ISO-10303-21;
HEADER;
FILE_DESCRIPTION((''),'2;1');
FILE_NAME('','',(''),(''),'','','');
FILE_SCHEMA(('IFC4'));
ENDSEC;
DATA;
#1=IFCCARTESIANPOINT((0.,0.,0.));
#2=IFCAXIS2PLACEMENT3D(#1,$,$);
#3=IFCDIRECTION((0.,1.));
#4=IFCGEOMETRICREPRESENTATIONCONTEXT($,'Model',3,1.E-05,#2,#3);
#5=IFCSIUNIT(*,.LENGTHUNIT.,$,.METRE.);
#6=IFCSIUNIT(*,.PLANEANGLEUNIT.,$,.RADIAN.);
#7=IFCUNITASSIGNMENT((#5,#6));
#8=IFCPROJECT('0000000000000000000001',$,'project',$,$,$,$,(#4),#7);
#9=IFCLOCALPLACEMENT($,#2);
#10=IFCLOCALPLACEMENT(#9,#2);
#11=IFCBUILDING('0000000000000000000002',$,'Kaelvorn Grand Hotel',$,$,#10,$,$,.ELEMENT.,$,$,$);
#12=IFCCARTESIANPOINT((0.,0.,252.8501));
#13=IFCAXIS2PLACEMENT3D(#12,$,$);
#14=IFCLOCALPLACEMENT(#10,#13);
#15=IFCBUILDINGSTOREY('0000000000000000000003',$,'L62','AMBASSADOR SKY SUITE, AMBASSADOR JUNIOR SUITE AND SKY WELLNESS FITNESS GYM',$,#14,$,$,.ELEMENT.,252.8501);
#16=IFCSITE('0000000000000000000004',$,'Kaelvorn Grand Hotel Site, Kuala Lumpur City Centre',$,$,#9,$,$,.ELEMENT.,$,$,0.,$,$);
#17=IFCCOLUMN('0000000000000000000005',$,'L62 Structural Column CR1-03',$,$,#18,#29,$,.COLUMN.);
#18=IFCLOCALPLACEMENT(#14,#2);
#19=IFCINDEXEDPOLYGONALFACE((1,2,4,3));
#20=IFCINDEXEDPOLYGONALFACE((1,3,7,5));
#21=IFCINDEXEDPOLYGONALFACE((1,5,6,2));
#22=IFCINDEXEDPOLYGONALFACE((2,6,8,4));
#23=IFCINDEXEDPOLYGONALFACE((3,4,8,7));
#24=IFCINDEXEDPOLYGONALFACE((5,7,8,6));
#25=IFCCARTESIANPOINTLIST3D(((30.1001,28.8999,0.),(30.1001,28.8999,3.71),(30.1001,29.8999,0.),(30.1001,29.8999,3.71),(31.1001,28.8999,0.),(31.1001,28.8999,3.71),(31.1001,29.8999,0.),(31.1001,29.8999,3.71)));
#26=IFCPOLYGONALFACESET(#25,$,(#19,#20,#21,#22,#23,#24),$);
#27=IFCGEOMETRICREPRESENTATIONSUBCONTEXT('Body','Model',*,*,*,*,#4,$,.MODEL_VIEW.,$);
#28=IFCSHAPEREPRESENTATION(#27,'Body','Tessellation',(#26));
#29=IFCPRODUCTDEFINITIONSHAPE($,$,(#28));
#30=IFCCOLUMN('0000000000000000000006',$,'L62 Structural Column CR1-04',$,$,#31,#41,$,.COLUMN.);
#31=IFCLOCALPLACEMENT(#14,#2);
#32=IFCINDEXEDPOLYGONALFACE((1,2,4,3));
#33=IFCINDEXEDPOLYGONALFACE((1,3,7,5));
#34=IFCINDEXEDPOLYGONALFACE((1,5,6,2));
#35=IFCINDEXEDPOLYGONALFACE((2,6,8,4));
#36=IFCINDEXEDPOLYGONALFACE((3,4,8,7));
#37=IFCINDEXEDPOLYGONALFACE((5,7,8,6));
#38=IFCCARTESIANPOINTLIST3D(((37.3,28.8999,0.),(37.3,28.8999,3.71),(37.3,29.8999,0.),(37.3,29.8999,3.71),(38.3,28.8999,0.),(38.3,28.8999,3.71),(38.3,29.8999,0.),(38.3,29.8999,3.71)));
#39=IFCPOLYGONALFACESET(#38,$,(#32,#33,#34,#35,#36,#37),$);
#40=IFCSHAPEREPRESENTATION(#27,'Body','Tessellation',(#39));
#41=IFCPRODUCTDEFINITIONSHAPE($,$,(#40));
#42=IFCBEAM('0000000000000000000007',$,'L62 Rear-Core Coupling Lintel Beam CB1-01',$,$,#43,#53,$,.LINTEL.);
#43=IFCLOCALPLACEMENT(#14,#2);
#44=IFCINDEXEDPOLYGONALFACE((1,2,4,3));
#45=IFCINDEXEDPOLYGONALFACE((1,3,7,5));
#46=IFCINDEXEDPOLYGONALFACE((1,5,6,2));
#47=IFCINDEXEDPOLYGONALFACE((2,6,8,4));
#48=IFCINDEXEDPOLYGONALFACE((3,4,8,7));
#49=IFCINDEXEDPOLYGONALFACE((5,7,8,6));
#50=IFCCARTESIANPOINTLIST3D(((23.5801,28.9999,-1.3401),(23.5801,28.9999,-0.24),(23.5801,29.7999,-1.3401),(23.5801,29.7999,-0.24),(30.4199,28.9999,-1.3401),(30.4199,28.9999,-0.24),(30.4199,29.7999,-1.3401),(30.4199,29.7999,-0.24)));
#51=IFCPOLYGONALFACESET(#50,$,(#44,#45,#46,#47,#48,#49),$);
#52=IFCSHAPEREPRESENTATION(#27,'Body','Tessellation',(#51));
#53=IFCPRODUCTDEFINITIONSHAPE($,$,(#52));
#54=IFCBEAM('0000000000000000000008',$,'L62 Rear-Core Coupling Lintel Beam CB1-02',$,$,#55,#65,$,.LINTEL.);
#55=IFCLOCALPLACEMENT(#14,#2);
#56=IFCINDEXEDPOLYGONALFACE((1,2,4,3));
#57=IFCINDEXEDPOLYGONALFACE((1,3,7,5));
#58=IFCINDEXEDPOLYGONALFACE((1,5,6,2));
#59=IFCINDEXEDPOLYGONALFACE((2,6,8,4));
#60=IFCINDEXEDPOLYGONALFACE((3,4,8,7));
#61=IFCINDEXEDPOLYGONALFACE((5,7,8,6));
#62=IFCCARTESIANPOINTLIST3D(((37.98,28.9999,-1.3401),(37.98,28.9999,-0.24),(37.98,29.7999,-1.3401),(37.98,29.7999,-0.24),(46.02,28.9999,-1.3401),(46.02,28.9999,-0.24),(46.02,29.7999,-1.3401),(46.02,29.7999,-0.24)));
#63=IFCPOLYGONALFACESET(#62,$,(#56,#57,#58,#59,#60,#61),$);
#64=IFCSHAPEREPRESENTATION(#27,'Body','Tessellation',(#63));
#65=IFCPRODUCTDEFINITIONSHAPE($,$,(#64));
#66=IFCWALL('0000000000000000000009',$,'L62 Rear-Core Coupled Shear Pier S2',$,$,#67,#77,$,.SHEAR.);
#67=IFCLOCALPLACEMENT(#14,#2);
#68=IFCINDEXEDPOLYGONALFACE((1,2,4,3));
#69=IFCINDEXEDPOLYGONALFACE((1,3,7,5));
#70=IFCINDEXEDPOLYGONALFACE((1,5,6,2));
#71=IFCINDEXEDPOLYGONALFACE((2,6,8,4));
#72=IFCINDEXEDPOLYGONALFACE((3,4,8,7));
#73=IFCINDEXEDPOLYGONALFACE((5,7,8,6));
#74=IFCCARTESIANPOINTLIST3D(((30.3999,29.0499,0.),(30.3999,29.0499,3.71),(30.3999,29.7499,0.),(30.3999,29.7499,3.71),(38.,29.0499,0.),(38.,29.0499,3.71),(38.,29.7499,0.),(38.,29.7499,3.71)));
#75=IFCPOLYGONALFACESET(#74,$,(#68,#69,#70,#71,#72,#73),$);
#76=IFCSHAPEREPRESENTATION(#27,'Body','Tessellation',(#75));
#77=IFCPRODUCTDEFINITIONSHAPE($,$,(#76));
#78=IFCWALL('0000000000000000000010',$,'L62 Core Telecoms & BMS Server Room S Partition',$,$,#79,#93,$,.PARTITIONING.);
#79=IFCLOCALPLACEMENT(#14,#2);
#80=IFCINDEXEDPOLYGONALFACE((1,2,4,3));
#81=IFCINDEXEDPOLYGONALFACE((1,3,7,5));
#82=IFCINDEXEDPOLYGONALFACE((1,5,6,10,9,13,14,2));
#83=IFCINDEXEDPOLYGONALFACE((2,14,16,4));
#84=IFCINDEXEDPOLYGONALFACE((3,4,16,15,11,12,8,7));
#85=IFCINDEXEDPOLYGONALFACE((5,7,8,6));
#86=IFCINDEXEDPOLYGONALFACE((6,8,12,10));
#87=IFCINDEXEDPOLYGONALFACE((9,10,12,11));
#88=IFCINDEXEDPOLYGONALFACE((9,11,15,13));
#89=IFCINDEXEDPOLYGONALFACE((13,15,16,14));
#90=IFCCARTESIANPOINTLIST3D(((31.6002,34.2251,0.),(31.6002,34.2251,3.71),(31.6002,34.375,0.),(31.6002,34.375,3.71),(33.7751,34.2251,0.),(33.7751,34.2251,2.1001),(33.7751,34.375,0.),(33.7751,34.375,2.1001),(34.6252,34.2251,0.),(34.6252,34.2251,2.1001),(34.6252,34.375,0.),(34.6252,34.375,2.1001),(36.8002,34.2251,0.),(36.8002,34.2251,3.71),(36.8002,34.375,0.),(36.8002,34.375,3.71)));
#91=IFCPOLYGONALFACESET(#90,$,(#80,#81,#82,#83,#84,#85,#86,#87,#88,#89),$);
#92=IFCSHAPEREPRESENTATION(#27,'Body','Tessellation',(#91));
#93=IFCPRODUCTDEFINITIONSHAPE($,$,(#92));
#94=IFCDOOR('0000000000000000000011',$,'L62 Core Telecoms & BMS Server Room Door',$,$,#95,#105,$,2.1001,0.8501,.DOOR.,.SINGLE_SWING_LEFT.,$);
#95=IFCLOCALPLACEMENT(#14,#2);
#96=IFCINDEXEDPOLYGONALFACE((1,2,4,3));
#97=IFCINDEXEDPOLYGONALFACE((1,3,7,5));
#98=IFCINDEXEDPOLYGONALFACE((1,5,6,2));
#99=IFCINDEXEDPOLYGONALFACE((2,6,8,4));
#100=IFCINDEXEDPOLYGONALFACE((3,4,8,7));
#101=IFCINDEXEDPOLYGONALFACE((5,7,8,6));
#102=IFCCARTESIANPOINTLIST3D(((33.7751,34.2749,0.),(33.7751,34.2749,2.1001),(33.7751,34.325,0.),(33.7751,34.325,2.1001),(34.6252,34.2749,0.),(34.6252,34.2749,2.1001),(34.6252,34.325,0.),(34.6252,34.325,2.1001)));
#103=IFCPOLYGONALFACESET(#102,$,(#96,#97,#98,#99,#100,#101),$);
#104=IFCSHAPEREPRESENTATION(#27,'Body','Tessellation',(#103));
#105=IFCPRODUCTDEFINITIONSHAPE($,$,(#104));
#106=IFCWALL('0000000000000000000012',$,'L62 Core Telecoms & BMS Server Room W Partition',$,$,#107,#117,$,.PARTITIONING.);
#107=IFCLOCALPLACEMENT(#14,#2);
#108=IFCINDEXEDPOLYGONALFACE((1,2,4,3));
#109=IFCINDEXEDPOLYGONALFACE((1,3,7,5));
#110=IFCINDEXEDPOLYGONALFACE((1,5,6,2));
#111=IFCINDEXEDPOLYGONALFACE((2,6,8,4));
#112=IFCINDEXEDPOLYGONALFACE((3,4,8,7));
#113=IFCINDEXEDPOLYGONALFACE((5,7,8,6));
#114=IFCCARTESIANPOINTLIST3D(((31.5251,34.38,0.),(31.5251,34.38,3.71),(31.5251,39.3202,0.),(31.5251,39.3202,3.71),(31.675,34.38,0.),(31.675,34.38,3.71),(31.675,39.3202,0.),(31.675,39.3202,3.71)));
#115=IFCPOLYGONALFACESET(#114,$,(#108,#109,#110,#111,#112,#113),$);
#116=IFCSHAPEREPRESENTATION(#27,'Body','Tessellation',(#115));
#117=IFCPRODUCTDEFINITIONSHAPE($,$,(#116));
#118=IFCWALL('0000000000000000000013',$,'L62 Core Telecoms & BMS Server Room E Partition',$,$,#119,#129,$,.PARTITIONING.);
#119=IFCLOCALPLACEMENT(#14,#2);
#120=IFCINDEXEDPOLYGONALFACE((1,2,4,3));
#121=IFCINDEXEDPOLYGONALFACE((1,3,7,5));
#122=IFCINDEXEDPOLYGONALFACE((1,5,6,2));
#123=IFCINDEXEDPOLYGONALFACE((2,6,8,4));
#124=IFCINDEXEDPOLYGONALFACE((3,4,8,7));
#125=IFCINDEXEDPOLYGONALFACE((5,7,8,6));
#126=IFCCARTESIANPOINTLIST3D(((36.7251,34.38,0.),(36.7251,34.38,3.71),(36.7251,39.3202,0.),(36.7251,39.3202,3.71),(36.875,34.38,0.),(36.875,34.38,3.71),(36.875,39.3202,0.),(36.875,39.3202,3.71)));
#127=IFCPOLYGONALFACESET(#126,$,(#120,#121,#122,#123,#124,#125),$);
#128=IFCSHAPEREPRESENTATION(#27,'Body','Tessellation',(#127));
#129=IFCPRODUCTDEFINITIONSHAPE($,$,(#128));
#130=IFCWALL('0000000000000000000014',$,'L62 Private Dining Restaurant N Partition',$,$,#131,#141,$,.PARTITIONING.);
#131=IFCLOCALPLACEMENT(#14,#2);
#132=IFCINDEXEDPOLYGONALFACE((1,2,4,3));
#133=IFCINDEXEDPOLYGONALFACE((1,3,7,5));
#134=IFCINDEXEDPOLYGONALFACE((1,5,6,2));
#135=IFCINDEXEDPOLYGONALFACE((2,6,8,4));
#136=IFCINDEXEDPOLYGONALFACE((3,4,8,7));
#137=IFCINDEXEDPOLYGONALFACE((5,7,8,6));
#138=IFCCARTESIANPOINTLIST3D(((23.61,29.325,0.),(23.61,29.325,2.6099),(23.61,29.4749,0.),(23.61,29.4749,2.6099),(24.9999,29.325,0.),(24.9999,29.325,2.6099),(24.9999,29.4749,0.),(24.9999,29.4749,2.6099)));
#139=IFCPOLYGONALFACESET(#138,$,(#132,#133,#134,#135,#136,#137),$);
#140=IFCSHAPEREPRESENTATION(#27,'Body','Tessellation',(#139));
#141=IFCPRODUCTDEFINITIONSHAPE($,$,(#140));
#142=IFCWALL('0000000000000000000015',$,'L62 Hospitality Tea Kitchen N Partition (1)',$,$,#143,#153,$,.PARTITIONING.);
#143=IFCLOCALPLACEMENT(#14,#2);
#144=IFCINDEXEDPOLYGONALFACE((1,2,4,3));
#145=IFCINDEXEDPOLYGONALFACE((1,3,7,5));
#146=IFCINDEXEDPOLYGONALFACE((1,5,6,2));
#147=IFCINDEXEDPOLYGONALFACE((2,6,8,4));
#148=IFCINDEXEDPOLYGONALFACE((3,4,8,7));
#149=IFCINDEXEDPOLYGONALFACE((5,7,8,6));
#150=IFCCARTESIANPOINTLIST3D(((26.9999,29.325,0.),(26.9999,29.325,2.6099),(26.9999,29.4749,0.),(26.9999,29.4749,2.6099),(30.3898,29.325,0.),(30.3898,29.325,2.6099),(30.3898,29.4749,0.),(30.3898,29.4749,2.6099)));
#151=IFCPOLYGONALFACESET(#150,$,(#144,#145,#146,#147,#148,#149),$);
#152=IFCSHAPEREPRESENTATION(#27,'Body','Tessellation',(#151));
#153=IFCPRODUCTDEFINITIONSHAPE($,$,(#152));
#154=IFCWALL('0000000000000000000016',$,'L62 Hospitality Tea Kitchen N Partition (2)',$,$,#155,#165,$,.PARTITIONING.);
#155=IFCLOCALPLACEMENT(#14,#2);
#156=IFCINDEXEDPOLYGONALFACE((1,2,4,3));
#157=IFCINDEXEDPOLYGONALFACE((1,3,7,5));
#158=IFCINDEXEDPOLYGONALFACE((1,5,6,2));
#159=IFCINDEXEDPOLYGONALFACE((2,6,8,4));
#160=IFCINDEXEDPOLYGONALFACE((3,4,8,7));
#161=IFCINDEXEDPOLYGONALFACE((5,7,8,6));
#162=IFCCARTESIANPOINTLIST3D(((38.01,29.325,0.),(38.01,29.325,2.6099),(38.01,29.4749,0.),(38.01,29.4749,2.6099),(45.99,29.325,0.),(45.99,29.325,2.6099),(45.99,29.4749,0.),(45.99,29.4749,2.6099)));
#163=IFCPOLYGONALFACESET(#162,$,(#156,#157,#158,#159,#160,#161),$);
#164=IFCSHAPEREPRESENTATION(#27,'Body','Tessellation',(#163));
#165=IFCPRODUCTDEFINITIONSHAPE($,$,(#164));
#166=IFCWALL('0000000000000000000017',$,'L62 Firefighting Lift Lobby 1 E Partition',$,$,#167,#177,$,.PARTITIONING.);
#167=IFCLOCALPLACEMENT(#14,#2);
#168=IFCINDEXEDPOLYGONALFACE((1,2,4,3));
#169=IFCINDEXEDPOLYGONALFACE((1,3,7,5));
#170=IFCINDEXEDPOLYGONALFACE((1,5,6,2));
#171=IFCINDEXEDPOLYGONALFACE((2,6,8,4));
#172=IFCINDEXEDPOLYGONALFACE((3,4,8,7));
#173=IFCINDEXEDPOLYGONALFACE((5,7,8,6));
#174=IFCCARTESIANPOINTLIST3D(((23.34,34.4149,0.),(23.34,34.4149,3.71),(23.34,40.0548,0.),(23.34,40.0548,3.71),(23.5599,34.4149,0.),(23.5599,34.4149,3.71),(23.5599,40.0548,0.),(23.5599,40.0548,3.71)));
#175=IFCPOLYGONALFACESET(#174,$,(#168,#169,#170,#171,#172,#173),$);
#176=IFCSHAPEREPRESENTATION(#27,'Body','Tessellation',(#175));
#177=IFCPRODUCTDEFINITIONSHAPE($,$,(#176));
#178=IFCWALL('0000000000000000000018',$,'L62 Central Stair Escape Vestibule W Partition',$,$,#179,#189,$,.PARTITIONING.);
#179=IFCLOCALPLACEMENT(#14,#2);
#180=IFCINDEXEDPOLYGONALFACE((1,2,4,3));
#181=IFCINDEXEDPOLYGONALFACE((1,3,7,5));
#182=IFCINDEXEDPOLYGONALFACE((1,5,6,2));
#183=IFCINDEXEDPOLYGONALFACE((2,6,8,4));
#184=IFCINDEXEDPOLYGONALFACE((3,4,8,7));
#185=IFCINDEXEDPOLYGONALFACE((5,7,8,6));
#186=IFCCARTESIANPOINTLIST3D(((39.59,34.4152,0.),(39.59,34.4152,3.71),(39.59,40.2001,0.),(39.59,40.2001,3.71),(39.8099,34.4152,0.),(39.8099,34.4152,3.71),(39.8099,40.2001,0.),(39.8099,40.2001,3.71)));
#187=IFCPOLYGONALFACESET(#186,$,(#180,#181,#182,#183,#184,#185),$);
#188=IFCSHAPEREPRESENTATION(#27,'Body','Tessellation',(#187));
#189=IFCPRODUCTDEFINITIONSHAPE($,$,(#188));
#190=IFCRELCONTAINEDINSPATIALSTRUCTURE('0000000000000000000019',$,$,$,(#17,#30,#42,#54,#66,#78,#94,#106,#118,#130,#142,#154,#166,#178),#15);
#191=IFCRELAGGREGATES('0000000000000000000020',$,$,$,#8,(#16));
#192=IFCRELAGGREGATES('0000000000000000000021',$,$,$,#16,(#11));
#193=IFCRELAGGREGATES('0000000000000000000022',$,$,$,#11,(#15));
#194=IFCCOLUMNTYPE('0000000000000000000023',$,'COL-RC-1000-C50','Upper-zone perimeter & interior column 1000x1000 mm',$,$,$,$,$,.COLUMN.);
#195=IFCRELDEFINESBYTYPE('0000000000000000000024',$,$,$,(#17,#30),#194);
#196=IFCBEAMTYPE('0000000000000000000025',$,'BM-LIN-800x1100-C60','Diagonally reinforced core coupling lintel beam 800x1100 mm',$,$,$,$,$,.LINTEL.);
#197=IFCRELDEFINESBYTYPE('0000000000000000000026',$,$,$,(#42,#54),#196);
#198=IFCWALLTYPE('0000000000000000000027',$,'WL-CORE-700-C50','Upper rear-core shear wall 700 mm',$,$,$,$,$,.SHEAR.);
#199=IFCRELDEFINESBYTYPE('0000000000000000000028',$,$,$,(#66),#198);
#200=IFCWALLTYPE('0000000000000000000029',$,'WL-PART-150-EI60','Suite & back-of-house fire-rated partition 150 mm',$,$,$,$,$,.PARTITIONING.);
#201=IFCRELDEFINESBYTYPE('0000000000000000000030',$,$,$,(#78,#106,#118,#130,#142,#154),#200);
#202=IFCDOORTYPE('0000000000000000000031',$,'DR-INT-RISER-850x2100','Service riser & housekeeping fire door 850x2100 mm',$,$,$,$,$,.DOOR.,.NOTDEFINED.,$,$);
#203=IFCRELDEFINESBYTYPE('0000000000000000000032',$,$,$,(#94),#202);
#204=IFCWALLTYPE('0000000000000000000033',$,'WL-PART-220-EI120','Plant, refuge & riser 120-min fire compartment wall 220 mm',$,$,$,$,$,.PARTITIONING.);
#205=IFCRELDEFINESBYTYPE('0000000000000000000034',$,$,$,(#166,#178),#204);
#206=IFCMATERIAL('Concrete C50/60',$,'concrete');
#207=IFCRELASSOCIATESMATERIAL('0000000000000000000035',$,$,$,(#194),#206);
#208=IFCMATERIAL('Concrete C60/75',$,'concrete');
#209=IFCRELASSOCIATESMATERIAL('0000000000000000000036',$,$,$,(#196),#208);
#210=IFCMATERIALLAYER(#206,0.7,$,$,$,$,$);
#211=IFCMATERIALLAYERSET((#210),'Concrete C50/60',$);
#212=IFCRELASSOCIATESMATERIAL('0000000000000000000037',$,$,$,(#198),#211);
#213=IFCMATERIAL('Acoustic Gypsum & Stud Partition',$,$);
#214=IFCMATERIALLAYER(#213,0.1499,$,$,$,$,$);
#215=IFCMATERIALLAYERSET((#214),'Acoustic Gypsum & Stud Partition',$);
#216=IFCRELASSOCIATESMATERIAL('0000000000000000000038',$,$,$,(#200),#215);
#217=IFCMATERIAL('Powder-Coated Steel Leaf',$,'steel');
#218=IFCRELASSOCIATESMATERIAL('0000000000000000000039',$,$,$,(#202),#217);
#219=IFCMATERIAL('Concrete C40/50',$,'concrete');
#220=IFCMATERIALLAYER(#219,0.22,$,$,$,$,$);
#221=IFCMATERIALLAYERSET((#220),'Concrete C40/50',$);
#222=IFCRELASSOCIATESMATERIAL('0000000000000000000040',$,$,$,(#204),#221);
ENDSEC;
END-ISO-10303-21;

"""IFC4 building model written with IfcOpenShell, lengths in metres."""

from ifc_helpers import new_model, si_unit, direction, frame, frame_2d, origin, origin_2d, place, context, subcontext, project, spatial, rectangle, extrude, material, layer, layer_set, material_profile, profile_set, type_object, element, fill, save


model = new_model("IFC4")

# Units and contexts
model_context = context("Model", 3, precision=1e-05, world=origin(), true_north=direction((0.0, 1.0)))
body_context = subcontext(model_context, "Body", "Model", "MODEL_VIEW")
ifc_project = project(units=[si_unit("LENGTHUNIT", "METRE"), si_unit("PLANEANGLEUNIT", "RADIAN")], contexts=[model_context])

# Site, building, storey
site_placement = place(None, origin())
site = spatial("IfcSite", under=ifc_project, at=site_placement, Name="Kaelvorn Grand Hotel Site, Kuala Lumpur City Centre", CompositionType="ELEMENT", RefElevation=0.0)
building_placement = place(site_placement, origin())
building = spatial("IfcBuilding", under=site, at=building_placement, Name="Kaelvorn Grand Hotel", CompositionType="ELEMENT")
storey_placement = place(building_placement, frame((0.0, 0.0, 252.8501)))
storey = spatial("IfcBuildingStorey", under=building, at=storey_placement, Name="L62", Description="AMBASSADOR SKY SUITE, AMBASSADOR JUNIOR SUITE AND SKY WELLNESS FITNESS GYM", CompositionType="ELEMENT", Elevation=252.8501)

# Columns
ifc_material_1 = material(Name="Concrete C50/60", Category="concrete")
ifc_material_profile_1 = material_profile(ifc_material_1, rectangle(XDim=1.0, YDim=1.0, at=origin_2d()), Name="RC COL 1000x1000")
ifc_profile_set_1 = profile_set([ifc_material_profile_1], Name="Concrete C50/60")
column_type = type_object("IfcColumnType", Name="COL-RC-1000-C50", Description="Upper-zone perimeter & interior column 1000x1000 mm", PredefinedType="COLUMN", material=ifc_profile_set_1)
for number, where, z_axis, x_axis, name in (
    (1, (30.6001, 29.3999, 0.0), (0.0, 0.0, 1.0), (1.0, 0.0, 0.0), "L62 Structural Column CR1-03"),
    (2, (37.8, 29.3999, 0.0), (0.0, 0.0, 1.0), (1.0, 0.0, 0.0), "L62 Structural Column CR1-04"),
):
    element("IfcColumn", number, at=place(storey_placement, frame(where, z_axis=z_axis, x_axis=x_axis)), inside=storey, type_object=column_type, Name=name, PredefinedType="COLUMN", context=body_context, shape_type="SweptSolid", body=[
        extrude(rectangle(XDim=1.0, YDim=1.0, at=origin_2d()), origin(), (0.0, 0.0, 1.0), 3.71),
    ])

# Beams
ifc_material_2 = material(Name="Concrete C60/75", Category="concrete")
ifc_material_profile_2 = material_profile(ifc_material_2, rectangle(XDim=0.8, YDim=1.1001, at=origin_2d()), Name="RC LINTEL 800x1100")
ifc_profile_set_2 = profile_set([ifc_material_profile_2], Name="Concrete C60/75")
beam_type = type_object("IfcBeamType", Name="BM-LIN-800x1100-C60", Description="Diagonally reinforced core coupling lintel beam 800x1100 mm", PredefinedType="LINTEL", material=ifc_profile_set_2)
beam_1_placement = place(storey_placement, frame((23.5801, 29.3999, -0.79), z_axis=(1.0, 0.0, 0.0), x_axis=(0.0, 1.0, 0.0)))
element("IfcBeam", 3, at=beam_1_placement, inside=storey, type_object=beam_type, Name="L62 Rear-Core Coupling Lintel Beam CB1-01", PredefinedType="LINTEL", context=body_context, shape_type="SweptSolid", body=[
    extrude(rectangle(XDim=0.8, YDim=1.1001, at=origin_2d()), origin(), (0.0, 0.0, 1.0), 6.8398),
])
beam_2_placement = place(storey_placement, frame((37.98, 29.3999, -0.79), z_axis=(1.0, 0.0, 0.0), x_axis=(0.0, 1.0, 0.0)))
element("IfcBeam", 4, at=beam_2_placement, inside=storey, type_object=beam_type, Name="L62 Rear-Core Coupling Lintel Beam CB1-02", PredefinedType="LINTEL", context=body_context, shape_type="SweptSolid", body=[
    extrude(rectangle(XDim=0.8, YDim=1.1001, at=origin_2d()), origin(), (0.0, 0.0, 1.0), 8.04),
])

# Wall
ifc_layer_1 = layer(ifc_material_1, 0.7)
ifc_layer_set_1 = layer_set([ifc_layer_1], Name="Concrete C50/60")
wall_type_1 = type_object("IfcWallType", Name="WL-CORE-700-C50", Description="Upper rear-core shear wall 700 mm", PredefinedType="SHEAR", material=ifc_layer_set_1)
wall_1_placement = place(storey_placement, frame((30.3999, 29.3999, 0.0), z_axis=(0.0, 0.0, 1.0), x_axis=(1.0, 0.0, 0.0)))
element("IfcWall", 5, at=wall_1_placement, inside=storey, type_object=wall_type_1, Name="L62 Rear-Core Coupled Shear Pier S2", PredefinedType="SHEAR", context=body_context, shape_type="SweptSolid", body=[
    extrude(rectangle(XDim=7.6001, YDim=0.7, at=frame_2d((3.8, 0.0))), origin(), (0.0, 0.0, 1.0), 3.71),
])

# Wall, opening, door
ifc_material_3 = material(Name="Acoustic Gypsum & Stud Partition")
ifc_layer_2 = layer(ifc_material_3, 0.1499)
ifc_layer_set_2 = layer_set([ifc_layer_2], Name="Acoustic Gypsum & Stud Partition")
wall_type_2 = type_object("IfcWallType", Name="WL-PART-150-EI60", Description="Suite & back-of-house fire-rated partition 150 mm", PredefinedType="PARTITIONING", material=ifc_layer_set_2)
wall_2_placement = place(storey_placement, frame((31.6001, 34.3, 0.0), z_axis=(0.0, 0.0, 1.0), x_axis=(1.0, 0.0, 0.0)))
wall_2 = element("IfcWall", 6, at=wall_2_placement, inside=storey, type_object=wall_type_2, Name="L62 Core Telecoms & BMS Server Room S Partition", PredefinedType="PARTITIONING", context=body_context, shape_type="SweptSolid", body=[
    extrude(rectangle(XDim=5.2, YDim=0.1499, at=frame_2d((2.6001, 0.0))), origin(), (0.0, 0.0, 1.0), 3.71),
])
opening_1_placement = place(wall_2_placement, frame((2.175, 0.0, 0.0)))
opening_1 = element("IfcOpeningElement", 7, at=opening_1_placement, cuts=wall_2, PredefinedType="OPENING", context=body_context, shape_type="SweptSolid", body=[
    extrude(rectangle(XDim=0.8501, YDim=2.1001, at=frame_2d((0.425, 1.05))), frame((0.0, 0.085, 0.0), z_axis=(0.0, -1.0, 0.0), x_axis=(1.0, 0.0, 0.0)), (0.0, 0.0, 1.0), 0.1699),
])
ifc_material_4 = material(Name="Powder-Coated Steel Leaf", Category="steel")
door_type_1 = type_object("IfcDoorType", Name="DR-INT-RISER-850x2100", Description="Service riser & housekeeping fire door 850x2100 mm", OperationType="NOTDEFINED", PredefinedType="DOOR", material=ifc_material_4)
door_1_placement = place(opening_1_placement, origin())
door_1 = element("IfcDoor", 8, at=door_1_placement, inside=storey, type_object=door_type_1, Name="L62 Core Telecoms & BMS Server Room Door", OperationType="SINGLE_SWING_LEFT", OverallHeight=2.1001, OverallWidth=0.8501, PredefinedType="DOOR", context=body_context, shape_type="SweptSolid", body=[
    extrude(rectangle(XDim=0.8501, YDim=2.1001, at=frame_2d((0.425, 1.05))), frame((0.0, 0.0249, 0.0), z_axis=(0.0, -1.0, 0.0), x_axis=(1.0, 0.0, 0.0)), (0.0, 0.0, 1.0), 0.05),
])
fill(opening_1, door_1)

# Walls
for number, where, z_axis, x_axis, name in (
    (9, (31.6001, 34.3799, 0.0), (0.0, 0.0, 1.0), (0.0, 1.0, 0.0), "L62 Core Telecoms & BMS Server Room W Partition"),
    (10, (36.8, 34.3799, 0.0), (0.0, 0.0, 1.0), (0.0, 1.0, 0.0), "L62 Core Telecoms & BMS Server Room E Partition"),
):
    element("IfcWall", number, at=place(storey_placement, frame(where, z_axis=z_axis, x_axis=x_axis)), inside=storey, type_object=wall_type_2, Name=name, PredefinedType="PARTITIONING", context=body_context, shape_type="SweptSolid", body=[
        extrude(rectangle(XDim=4.9402, YDim=0.1499, at=frame_2d((2.4702, 0.0))), origin(), (0.0, 0.0, 1.0), 3.71),
    ])
wall_3_placement = place(storey_placement, frame((23.6101, 29.3999, 0.0), z_axis=(0.0, 0.0, 1.0), x_axis=(1.0, 0.0, 0.0)))
element("IfcWall", 11, at=wall_3_placement, inside=storey, type_object=wall_type_2, Name="L62 Private Dining Restaurant N Partition", PredefinedType="PARTITIONING", context=body_context, shape_type="SweptSolid", body=[
    extrude(rectangle(XDim=1.3899, YDim=0.1499, at=frame_2d((0.6948, 0.0))), origin(), (0.0, 0.0, 1.0), 2.6099),
])
wall_4_placement = place(storey_placement, frame((27.0, 29.3999, 0.0), z_axis=(0.0, 0.0, 1.0), x_axis=(1.0, 0.0, 0.0)))
element("IfcWall", 12, at=wall_4_placement, inside=storey, type_object=wall_type_2, Name="L62 Hospitality Tea Kitchen N Partition (1)", PredefinedType="PARTITIONING", context=body_context, shape_type="SweptSolid", body=[
    extrude(rectangle(XDim=3.3899, YDim=0.1499, at=frame_2d((1.6948, 0.0))), origin(), (0.0, 0.0, 1.0), 2.6099),
])
wall_5_placement = place(storey_placement, frame((38.01, 29.3999, 0.0), z_axis=(0.0, 0.0, 1.0), x_axis=(1.0, 0.0, 0.0)))
element("IfcWall", 13, at=wall_5_placement, inside=storey, type_object=wall_type_2, Name="L62 Hospitality Tea Kitchen N Partition (2)", PredefinedType="PARTITIONING", context=body_context, shape_type="SweptSolid", body=[
    extrude(rectangle(XDim=7.98, YDim=0.1499, at=frame_2d((3.99, 0.0))), origin(), (0.0, 0.0, 1.0), 2.6099),
])
ifc_material_5 = material(Name="Concrete C40/50", Category="concrete")
ifc_layer_3 = layer(ifc_material_5, 0.22)
ifc_layer_set_3 = layer_set([ifc_layer_3], Name="Concrete C40/50")
wall_type_3 = type_object("IfcWallType", Name="WL-PART-220-EI120", Description="Plant, refuge & riser 120-min fire compartment wall 220 mm", PredefinedType="PARTITIONING", material=ifc_layer_set_3)
wall_6_placement = place(storey_placement, frame((23.45, 34.415, 0.0), z_axis=(0.0, 0.0, 1.0), x_axis=(0.0, 1.0, 0.0)))
element("IfcWall", 14, at=wall_6_placement, inside=storey, type_object=wall_type_3, Name="L62 Firefighting Lift Lobby 1 E Partition", PredefinedType="PARTITIONING", context=body_context, shape_type="SweptSolid", body=[
    extrude(rectangle(XDim=5.6399, YDim=0.22, at=frame_2d((2.8198, 0.0))), origin(), (0.0, 0.0, 1.0), 3.71),
])

# Wall
wall_7_placement = place(storey_placement, frame((39.7, 34.415, 0.0), z_axis=(0.0, 0.0, 1.0), x_axis=(0.0, 1.0, 0.0)))
element("IfcWall", 15, at=wall_7_placement, inside=storey, type_object=wall_type_3, Name="L62 Central Stair Escape Vestibule W Partition", PredefinedType="PARTITIONING", context=body_context, shape_type="SweptSolid", body=[
    extrude(rectangle(XDim=5.7849, YDim=0.22, at=frame_2d((2.8926, 0.0))), origin(), (0.0, 0.0, 1.0), 3.71),
])

save(model, "model.ifc")
